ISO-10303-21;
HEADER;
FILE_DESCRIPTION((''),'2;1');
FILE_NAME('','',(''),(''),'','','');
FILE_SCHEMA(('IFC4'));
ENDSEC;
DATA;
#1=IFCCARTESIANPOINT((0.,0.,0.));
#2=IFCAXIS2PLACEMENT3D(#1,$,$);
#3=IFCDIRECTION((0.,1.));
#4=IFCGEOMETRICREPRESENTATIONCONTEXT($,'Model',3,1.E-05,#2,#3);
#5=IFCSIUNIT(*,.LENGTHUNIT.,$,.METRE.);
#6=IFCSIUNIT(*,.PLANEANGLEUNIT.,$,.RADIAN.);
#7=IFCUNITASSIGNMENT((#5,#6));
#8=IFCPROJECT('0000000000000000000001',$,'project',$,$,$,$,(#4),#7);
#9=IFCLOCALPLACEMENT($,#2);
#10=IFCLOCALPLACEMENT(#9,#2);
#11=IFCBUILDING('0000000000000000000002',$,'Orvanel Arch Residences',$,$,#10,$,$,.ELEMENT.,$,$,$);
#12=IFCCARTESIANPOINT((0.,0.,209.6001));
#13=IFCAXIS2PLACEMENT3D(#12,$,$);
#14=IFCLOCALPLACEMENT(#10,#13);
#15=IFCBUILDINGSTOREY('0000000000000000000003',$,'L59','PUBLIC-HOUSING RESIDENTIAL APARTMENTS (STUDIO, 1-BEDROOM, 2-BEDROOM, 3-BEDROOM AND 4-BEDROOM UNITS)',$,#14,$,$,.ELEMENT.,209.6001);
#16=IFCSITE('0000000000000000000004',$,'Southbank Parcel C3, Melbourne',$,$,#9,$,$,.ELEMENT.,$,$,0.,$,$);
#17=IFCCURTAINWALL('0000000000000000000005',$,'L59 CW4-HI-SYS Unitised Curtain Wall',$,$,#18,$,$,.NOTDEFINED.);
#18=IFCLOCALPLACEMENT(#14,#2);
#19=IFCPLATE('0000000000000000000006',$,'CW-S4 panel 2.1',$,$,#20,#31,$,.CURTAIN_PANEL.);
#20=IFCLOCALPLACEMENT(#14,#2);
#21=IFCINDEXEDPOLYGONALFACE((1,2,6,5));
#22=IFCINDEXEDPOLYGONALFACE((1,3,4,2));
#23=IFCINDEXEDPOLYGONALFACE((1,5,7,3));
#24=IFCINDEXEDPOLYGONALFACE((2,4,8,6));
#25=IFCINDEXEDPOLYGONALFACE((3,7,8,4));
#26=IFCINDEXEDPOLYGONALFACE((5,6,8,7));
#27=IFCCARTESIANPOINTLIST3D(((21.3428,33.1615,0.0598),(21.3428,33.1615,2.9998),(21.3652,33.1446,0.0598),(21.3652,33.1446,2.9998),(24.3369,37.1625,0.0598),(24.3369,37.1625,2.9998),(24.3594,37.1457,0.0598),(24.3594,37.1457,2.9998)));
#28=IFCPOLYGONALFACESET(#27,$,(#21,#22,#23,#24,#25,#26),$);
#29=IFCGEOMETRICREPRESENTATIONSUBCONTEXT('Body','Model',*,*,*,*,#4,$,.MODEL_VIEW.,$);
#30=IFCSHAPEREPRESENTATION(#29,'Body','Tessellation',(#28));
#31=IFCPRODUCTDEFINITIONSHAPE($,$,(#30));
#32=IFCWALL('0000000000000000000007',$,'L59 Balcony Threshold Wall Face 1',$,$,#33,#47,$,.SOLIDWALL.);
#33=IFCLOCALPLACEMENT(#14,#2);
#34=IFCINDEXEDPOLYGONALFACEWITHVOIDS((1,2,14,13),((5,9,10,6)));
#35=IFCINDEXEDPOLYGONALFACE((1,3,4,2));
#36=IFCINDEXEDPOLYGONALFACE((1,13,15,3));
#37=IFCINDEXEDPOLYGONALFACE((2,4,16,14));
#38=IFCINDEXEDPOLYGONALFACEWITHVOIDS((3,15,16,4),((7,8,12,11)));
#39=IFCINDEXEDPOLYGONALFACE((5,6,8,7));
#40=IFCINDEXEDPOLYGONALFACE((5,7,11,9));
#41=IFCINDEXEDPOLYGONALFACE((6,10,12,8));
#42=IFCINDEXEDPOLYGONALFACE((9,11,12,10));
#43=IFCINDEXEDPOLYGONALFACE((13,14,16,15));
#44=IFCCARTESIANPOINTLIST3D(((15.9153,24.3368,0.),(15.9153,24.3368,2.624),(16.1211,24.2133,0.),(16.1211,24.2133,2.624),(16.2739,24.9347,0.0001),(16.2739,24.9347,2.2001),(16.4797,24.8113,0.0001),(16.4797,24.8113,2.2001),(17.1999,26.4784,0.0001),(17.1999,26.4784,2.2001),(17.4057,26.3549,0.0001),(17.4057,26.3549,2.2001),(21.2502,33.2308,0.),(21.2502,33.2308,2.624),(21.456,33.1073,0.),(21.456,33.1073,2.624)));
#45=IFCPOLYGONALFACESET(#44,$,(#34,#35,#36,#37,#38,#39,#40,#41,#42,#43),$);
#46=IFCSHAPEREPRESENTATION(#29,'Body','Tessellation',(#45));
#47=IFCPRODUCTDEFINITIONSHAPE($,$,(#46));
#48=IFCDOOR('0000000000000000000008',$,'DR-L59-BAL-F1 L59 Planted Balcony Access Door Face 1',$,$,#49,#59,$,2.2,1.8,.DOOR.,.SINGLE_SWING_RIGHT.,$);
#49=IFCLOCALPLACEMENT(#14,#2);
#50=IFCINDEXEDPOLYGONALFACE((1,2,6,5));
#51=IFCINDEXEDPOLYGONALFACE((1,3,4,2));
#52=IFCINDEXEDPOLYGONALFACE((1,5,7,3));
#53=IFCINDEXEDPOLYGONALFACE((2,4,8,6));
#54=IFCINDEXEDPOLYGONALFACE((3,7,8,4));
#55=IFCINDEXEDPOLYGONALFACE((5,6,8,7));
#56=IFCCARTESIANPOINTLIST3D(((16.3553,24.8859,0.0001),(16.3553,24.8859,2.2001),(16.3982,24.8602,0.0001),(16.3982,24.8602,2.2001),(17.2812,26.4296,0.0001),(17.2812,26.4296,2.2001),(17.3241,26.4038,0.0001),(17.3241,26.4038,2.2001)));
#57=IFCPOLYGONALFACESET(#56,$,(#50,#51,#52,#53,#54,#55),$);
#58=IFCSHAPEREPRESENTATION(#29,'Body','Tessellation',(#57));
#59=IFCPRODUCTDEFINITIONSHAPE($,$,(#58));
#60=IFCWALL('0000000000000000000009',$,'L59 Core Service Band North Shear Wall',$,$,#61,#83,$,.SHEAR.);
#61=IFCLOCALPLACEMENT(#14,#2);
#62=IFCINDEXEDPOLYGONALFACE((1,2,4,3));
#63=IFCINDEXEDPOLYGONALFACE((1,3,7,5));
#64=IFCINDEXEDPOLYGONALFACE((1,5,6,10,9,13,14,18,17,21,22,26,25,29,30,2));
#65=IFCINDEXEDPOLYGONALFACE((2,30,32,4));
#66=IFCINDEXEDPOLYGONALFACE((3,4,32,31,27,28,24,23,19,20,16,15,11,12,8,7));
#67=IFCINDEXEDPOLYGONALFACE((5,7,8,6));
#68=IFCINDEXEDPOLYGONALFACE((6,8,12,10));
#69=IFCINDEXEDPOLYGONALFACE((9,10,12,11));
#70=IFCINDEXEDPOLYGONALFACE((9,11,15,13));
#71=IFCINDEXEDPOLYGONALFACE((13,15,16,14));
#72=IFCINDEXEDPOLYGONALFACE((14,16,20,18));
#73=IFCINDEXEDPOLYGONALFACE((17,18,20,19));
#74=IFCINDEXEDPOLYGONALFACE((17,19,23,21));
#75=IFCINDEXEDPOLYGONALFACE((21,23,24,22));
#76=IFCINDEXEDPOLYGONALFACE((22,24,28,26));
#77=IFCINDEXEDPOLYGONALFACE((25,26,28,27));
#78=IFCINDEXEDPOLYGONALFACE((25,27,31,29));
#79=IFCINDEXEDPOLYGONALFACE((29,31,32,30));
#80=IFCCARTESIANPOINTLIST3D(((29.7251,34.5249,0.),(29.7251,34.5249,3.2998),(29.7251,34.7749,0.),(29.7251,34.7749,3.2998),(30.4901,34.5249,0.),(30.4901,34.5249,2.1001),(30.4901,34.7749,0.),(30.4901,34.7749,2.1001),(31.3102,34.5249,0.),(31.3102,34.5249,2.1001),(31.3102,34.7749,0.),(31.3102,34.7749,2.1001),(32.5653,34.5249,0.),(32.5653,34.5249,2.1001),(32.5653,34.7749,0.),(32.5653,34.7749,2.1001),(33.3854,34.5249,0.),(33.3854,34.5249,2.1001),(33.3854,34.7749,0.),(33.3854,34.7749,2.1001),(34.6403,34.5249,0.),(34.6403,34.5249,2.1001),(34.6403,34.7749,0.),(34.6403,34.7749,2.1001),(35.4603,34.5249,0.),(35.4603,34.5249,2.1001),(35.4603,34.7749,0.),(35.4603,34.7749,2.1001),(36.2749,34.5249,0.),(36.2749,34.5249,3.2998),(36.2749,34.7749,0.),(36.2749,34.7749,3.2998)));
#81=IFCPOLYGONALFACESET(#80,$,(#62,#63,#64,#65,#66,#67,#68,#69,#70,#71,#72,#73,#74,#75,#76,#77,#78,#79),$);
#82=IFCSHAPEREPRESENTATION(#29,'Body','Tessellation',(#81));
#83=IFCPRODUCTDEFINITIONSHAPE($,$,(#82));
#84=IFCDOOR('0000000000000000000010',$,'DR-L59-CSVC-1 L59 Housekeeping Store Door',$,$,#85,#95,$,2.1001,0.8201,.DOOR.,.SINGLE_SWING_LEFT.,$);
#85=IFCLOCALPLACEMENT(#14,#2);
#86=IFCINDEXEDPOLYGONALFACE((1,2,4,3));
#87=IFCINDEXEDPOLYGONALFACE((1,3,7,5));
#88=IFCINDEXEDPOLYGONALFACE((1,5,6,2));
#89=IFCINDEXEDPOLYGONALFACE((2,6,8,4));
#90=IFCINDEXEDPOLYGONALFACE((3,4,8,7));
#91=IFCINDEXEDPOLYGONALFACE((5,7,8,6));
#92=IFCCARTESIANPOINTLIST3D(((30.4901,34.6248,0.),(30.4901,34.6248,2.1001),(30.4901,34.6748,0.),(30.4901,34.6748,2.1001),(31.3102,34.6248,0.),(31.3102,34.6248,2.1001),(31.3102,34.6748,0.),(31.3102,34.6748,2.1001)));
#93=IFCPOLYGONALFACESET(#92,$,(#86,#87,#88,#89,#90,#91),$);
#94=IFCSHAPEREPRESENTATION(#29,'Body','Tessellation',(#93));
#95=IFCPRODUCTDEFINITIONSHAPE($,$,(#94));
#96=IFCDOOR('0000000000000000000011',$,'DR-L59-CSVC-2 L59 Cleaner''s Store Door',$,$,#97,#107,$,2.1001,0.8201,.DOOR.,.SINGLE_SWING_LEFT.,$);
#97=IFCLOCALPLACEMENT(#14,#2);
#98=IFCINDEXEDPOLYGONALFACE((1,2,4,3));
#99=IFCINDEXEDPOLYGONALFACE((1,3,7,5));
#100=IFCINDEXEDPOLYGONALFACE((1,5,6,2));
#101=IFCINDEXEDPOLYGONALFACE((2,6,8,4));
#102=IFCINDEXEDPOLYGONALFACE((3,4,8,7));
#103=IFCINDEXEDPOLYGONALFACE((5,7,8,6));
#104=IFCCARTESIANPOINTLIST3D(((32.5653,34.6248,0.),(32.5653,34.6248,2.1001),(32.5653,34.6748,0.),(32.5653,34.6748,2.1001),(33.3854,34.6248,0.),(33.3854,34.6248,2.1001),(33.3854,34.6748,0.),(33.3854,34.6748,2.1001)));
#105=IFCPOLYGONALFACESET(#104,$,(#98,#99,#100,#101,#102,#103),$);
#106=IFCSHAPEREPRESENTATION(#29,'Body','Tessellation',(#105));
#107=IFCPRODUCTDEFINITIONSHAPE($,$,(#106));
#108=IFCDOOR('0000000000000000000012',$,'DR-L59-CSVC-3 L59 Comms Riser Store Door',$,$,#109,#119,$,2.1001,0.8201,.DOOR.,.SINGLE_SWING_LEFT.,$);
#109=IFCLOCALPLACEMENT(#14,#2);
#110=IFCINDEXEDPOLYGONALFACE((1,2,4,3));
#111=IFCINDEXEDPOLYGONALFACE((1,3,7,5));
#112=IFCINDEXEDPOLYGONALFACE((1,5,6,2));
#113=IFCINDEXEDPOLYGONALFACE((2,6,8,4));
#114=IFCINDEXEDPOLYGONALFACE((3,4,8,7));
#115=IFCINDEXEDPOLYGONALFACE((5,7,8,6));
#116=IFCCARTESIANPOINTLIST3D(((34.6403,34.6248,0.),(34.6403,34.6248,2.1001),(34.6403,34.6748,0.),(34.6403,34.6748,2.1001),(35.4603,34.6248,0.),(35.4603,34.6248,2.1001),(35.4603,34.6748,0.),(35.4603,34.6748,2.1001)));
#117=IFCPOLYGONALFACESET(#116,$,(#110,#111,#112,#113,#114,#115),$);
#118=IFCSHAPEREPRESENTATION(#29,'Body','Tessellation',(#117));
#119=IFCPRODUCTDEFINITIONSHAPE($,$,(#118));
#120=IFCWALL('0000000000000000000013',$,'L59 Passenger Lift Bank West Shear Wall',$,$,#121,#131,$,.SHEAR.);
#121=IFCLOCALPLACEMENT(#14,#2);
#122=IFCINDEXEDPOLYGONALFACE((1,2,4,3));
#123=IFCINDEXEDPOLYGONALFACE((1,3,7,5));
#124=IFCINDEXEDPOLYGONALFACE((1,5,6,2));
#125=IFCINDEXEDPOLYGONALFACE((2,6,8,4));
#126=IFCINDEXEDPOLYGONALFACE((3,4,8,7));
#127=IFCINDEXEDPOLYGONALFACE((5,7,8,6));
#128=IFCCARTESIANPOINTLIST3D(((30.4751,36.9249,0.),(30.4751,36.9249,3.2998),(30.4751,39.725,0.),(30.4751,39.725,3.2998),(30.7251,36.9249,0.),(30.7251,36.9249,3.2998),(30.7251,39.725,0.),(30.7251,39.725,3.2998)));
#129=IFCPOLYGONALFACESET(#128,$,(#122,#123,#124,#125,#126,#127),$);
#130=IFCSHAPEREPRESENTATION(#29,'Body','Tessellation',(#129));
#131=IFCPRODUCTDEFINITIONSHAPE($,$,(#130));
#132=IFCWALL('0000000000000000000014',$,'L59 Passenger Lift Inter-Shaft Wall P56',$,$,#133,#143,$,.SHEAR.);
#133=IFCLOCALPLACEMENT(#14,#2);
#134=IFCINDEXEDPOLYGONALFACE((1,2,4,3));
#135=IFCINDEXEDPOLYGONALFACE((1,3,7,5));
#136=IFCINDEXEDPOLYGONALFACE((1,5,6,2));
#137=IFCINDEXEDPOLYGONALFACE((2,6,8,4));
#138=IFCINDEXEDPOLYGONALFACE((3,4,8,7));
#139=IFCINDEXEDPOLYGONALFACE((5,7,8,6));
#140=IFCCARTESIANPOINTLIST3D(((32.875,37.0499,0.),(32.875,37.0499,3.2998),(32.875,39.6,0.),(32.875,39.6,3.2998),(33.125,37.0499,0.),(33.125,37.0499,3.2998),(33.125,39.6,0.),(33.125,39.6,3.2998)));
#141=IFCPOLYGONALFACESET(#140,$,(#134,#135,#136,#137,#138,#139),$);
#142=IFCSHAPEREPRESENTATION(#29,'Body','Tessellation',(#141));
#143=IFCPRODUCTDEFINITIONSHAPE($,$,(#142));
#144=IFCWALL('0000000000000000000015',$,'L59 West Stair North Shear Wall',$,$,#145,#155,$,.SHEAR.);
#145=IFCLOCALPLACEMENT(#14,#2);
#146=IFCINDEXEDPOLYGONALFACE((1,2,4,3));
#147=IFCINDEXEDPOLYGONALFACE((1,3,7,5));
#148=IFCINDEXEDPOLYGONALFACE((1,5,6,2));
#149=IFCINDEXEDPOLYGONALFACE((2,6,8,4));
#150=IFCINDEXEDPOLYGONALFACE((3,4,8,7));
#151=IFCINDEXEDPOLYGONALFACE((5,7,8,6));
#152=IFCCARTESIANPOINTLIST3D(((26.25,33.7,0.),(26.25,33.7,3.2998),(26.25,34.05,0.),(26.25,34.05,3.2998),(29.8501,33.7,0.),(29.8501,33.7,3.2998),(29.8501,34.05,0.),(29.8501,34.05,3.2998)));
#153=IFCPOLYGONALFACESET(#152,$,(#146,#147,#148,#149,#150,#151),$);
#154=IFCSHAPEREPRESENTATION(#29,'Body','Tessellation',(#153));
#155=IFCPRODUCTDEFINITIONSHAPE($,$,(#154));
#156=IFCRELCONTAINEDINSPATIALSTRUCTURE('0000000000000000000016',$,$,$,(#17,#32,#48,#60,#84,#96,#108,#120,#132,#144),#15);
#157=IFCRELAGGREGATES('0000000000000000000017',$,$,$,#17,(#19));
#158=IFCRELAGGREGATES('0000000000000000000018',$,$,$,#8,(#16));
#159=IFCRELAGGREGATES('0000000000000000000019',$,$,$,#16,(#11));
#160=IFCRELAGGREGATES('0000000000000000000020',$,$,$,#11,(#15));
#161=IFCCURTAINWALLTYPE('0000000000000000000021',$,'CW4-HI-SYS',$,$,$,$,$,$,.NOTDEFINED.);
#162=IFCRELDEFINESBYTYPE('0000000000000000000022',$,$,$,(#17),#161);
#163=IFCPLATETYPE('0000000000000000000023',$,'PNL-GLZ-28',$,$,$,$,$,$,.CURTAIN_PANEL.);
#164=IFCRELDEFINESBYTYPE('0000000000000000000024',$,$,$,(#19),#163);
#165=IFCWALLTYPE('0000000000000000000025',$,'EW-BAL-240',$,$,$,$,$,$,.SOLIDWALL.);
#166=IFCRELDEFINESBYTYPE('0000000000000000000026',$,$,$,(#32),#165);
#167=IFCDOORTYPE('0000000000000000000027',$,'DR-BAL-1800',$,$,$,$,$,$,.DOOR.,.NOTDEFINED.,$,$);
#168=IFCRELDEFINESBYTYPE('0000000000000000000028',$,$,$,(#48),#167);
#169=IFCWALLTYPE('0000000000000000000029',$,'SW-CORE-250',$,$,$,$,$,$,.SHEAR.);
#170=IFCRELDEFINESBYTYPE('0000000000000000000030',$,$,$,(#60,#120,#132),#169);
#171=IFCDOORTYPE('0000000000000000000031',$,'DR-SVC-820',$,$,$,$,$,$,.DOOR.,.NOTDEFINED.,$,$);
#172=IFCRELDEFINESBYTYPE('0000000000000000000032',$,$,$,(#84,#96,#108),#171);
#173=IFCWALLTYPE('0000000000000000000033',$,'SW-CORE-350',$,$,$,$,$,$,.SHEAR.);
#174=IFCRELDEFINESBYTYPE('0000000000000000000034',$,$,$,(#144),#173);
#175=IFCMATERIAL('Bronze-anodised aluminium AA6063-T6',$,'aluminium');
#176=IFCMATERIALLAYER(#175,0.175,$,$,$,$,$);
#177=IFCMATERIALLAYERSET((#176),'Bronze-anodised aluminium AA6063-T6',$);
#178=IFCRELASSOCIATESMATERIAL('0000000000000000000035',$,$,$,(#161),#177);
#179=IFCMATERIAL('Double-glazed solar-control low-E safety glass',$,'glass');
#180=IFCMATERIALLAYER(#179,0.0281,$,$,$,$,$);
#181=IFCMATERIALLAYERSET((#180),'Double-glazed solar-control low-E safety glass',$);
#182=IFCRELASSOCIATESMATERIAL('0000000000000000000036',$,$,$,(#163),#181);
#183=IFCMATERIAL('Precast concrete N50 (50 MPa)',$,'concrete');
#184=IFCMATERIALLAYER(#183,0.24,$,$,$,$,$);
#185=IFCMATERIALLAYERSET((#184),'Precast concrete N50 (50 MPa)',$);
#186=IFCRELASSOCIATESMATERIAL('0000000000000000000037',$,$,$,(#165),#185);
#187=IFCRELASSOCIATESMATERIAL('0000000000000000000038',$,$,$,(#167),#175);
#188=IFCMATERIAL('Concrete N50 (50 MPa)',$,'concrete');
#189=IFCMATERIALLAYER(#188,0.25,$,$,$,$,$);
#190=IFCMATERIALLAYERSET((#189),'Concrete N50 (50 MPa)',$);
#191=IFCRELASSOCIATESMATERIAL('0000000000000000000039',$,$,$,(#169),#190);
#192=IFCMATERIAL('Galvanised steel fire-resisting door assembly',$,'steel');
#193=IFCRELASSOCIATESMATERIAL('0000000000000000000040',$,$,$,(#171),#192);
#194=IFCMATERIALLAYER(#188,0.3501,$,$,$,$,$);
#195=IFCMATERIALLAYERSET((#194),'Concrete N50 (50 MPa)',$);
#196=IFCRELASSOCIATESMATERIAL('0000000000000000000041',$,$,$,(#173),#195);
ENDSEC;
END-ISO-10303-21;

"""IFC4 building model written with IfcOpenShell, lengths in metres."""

from ifc_helpers import new_model, si_unit, direction, frame, frame_2d, origin, origin_2d, place, context, subcontext, project, spatial, rectangle, extrude, material, layer, layer_set, type_object, element, fill, aggregate, save


model = new_model("IFC4")

# Units and contexts
model_context = context("Model", 3, precision=1e-05, world=origin(), true_north=direction((0.0, 1.0)))
body_context = subcontext(model_context, "Body", "Model", "MODEL_VIEW")
ifc_project = project(units=[si_unit("LENGTHUNIT", "METRE"), si_unit("PLANEANGLEUNIT", "RADIAN")], contexts=[model_context])

# Site, building, storey
site_placement = place(None, origin())
site = spatial("IfcSite", under=ifc_project, at=site_placement, Name="Southbank Parcel C3, Melbourne", CompositionType="ELEMENT", RefElevation=0.0)
building_placement = place(site_placement, origin())
building = spatial("IfcBuilding", under=site, at=building_placement, Name="Orvanel Arch Residences", CompositionType="ELEMENT")
storey_placement = place(building_placement, frame((0.0, 0.0, 209.6001)))
storey = spatial("IfcBuildingStorey", under=building, at=storey_placement, Name="L59", Description="PUBLIC-HOUSING RESIDENTIAL APARTMENTS (STUDIO, 1-BEDROOM, 2-BEDROOM, 3-BEDROOM AND 4-BEDROOM UNITS)", CompositionType="ELEMENT", Elevation=209.6001)

# Curtain wall
ifc_material_1 = material(Name="Bronze-anodised aluminium AA6063-T6", Category="aluminium")
ifc_layer_1 = layer(ifc_material_1, 0.175)
ifc_layer_set_1 = layer_set([ifc_layer_1], Name="Bronze-anodised aluminium AA6063-T6")
curtain_wall_type = type_object("IfcCurtainWallType", Name="CW4-HI-SYS", PredefinedType="NOTDEFINED", material=ifc_layer_set_1)
curtain_wall_placement = place(storey_placement, origin())
curtain_wall = element("IfcCurtainWall", 1, at=curtain_wall_placement, inside=storey, type_object=curtain_wall_type, Name="L59 CW4-HI-SYS Unitised Curtain Wall", PredefinedType="NOTDEFINED")

# Plate
ifc_material_2 = material(Name="Double-glazed solar-control low-E safety glass", Category="glass")
ifc_layer_2 = layer(ifc_material_2, 0.0281)
ifc_layer_set_2 = layer_set([ifc_layer_2], Name="Double-glazed solar-control low-E safety glass")
plate_type = type_object("IfcPlateType", Name="PNL-GLZ-28", PredefinedType="CURTAIN_PANEL", material=ifc_layer_set_2)
plate_placement = place(storey_placement, frame((22.8511, 35.1536, 0.0598), z_axis=(0.0, 0.0, 1.0), x_axis=(-0.599152, -0.800636, 0.0)))
plate = element("IfcPlate", 2, at=plate_placement, type_object=plate_type, Name="CW-S4 panel 2.1", PredefinedType="CURTAIN_PANEL", context=body_context, shape_type="SweptSolid", body=[
    extrude(rectangle(XDim=4.9973, YDim=0.0281, at=origin_2d()), origin(), (0.0, 0.0, 1.0), 2.9399),
])
aggregate(curtain_wall, [plate])

# Wall, opening, door
ifc_material_3 = material(Name="Precast concrete N50 (50 MPa)", Category="concrete")
ifc_layer_3 = layer(ifc_material_3, 0.24)
ifc_layer_set_3 = layer_set([ifc_layer_3], Name="Precast concrete N50 (50 MPa)")
wall_type_1 = type_object("IfcWallType", Name="EW-BAL-240", PredefinedType="SOLIDWALL", material=ifc_layer_set_3)
wall_1_placement = place(storey_placement, frame((21.353, 33.1689, 0.0), z_axis=(0.0, 0.0, 1.0), x_axis=(-0.514392, -0.857555, 0.0)))
wall_1 = element("IfcWall", 3, at=wall_1_placement, inside=storey, type_object=wall_type_1, Name="L59 Balcony Threshold Wall Face 1", PredefinedType="SOLIDWALL", context=body_context, shape_type="SweptSolid", body=[
    extrude(rectangle(XDim=10.3713, YDim=0.24, at=frame_2d((5.1855, 0.0))), origin(), (0.0, 0.0, 1.0), 2.624),
])
opening_1_placement = place(wall_1_placement, frame((7.874, 0.0, 0.0)))
opening_1 = element("IfcOpeningElement", 4, at=opening_1_placement, cuts=wall_1, PredefinedType="OPENING", context=body_context, shape_type="SweptSolid", body=[
    extrude(rectangle(XDim=1.8, YDim=2.2, at=frame_2d((0.8999, 1.1001))), frame((0.0, 0.1299, 0.0), z_axis=(0.0, -1.0, 0.0), x_axis=(1.0, 0.0, 0.0)), (0.0, 0.0, 1.0), 0.26),
])
door_type_1 = type_object("IfcDoorType", Name="DR-BAL-1800", OperationType="NOTDEFINED", PredefinedType="DOOR", material=ifc_material_1)
door_1_placement = place(opening_1_placement, origin())
door_1 = element("IfcDoor", 5, at=door_1_placement, inside=storey, type_object=door_type_1, Name="DR-L59-BAL-F1 L59 Planted Balcony Access Door Face 1", OperationType="SINGLE_SWING_RIGHT", OverallHeight=2.2, OverallWidth=1.8, PredefinedType="DOOR", context=body_context, shape_type="SweptSolid", body=[
    extrude(rectangle(XDim=1.8, YDim=2.2, at=frame_2d((0.8999, 1.1001))), frame((0.0, 0.0249, 0.0), z_axis=(0.0, -1.0, 0.0), x_axis=(1.0, 0.0, 0.0)), (0.0, 0.0, 1.0), 0.05),
])
fill(opening_1, door_1)

# Wall, openings, doors
ifc_material_4 = material(Name="Concrete N50 (50 MPa)", Category="concrete")
ifc_layer_4 = layer(ifc_material_4, 0.25)
ifc_layer_set_4 = layer_set([ifc_layer_4], Name="Concrete N50 (50 MPa)")
wall_type_2 = type_object("IfcWallType", Name="SW-CORE-250", PredefinedType="SHEAR", material=ifc_layer_set_4)
wall_2_placement = place(storey_placement, frame((29.7251, 34.6499, 0.0), z_axis=(0.0, 0.0, 1.0), x_axis=(1.0, 0.0, 0.0)))
wall_2 = element("IfcWall", 6, at=wall_2_placement, inside=storey, type_object=wall_type_2, Name="L59 Core Service Band North Shear Wall", PredefinedType="SHEAR", context=body_context, shape_type="SweptSolid", body=[
    extrude(rectangle(XDim=6.5498, YDim=0.25, at=frame_2d((3.2749, 0.0))), origin(), (0.0, 0.0, 1.0), 3.2998),
])
opening_2_placement = place(wall_2_placement, frame((0.7649, 0.0, 0.0)))
opening_2 = element("IfcOpeningElement", 7, at=opening_2_placement, cuts=wall_2, PredefinedType="OPENING", context=body_context, shape_type="SweptSolid", body=[
    extrude(rectangle(XDim=0.8201, YDim=2.1001, at=frame_2d((0.4102, 1.05))), frame((0.0, 0.135, 0.0), z_axis=(0.0, -1.0, 0.0), x_axis=(1.0, 0.0, 0.0)), (0.0, 0.0, 1.0), 0.27),
])
opening_3_placement = place(wall_2_placement, frame((2.8401, 0.0, 0.0)))
opening_3 = element("IfcOpeningElement", 8, at=opening_3_placement, cuts=wall_2, PredefinedType="OPENING", context=body_context, shape_type="SweptSolid", body=[
    extrude(rectangle(XDim=0.8201, YDim=2.1001, at=frame_2d((0.4102, 1.05))), frame((0.0, 0.135, 0.0), z_axis=(0.0, -1.0, 0.0), x_axis=(1.0, 0.0, 0.0)), (0.0, 0.0, 1.0), 0.27),
])
opening_4_placement = place(wall_2_placement, frame((4.915, 0.0, 0.0)))
opening_4 = element("IfcOpeningElement", 9, at=opening_4_placement, cuts=wall_2, PredefinedType="OPENING", context=body_context, shape_type="SweptSolid", body=[
    extrude(rectangle(XDim=0.8201, YDim=2.1001, at=frame_2d((0.4102, 1.05))), frame((0.0, 0.135, 0.0), z_axis=(0.0, -1.0, 0.0), x_axis=(1.0, 0.0, 0.0)), (0.0, 0.0, 1.0), 0.27),
])
ifc_material_5 = material(Name="Galvanised steel fire-resisting door assembly", Category="steel")
door_type_2 = type_object("IfcDoorType", Name="DR-SVC-820", OperationType="NOTDEFINED", PredefinedType="DOOR", material=ifc_material_5)
door_2_placement = place(opening_2_placement, origin())
door_2 = element("IfcDoor", 10, at=door_2_placement, inside=storey, type_object=door_type_2, Name="DR-L59-CSVC-1 L59 Housekeeping Store Door", OperationType="SINGLE_SWING_LEFT", OverallHeight=2.1001, OverallWidth=0.8201, PredefinedType="DOOR", context=body_context, shape_type="SweptSolid", body=[
    extrude(rectangle(XDim=0.8201, YDim=2.1001, at=frame_2d((0.4102, 1.05))), frame((0.0, 0.0249, 0.0), z_axis=(0.0, -1.0, 0.0), x_axis=(1.0, 0.0, 0.0)), (0.0, 0.0, 1.0), 0.05),
])
fill(opening_2, door_2)
door_3_placement = place(opening_3_placement, origin())
door_3 = element("IfcDoor", 11, at=door_3_placement, inside=storey, type_object=door_type_2, Name="DR-L59-CSVC-2 L59 Cleaner's Store Door", OperationType="SINGLE_SWING_LEFT", OverallHeight=2.1001, OverallWidth=0.8201, PredefinedType="DOOR", context=body_context, shape_type="SweptSolid", body=[
    extrude(rectangle(XDim=0.8201, YDim=2.1001, at=frame_2d((0.4102, 1.05))), frame((0.0, 0.0249, 0.0), z_axis=(0.0, -1.0, 0.0), x_axis=(1.0, 0.0, 0.0)), (0.0, 0.0, 1.0), 0.05),
])
fill(opening_3, door_3)
door_4_placement = place(opening_4_placement, origin())
door_4 = element("IfcDoor", 12, at=door_4_placement, inside=storey, type_object=door_type_2, Name="DR-L59-CSVC-3 L59 Comms Riser Store Door", OperationType="SINGLE_SWING_LEFT", OverallHeight=2.1001, OverallWidth=0.8201, PredefinedType="DOOR", context=body_context, shape_type="SweptSolid", body=[
    extrude(rectangle(XDim=0.8201, YDim=2.1001, at=frame_2d((0.4102, 1.05))), frame((0.0, 0.0249, 0.0), z_axis=(0.0, -1.0, 0.0), x_axis=(1.0, 0.0, 0.0)), (0.0, 0.0, 1.0), 0.05),
])
fill(opening_4, door_4)

# Walls
wall_3_placement = place(storey_placement, frame((30.6001, 36.925, 0.0), z_axis=(0.0, 0.0, 1.0), x_axis=(0.0, 1.0, 0.0)))
element("IfcWall", 13, at=wall_3_placement, inside=storey, type_object=wall_type_2, Name="L59 Passenger Lift Bank West Shear Wall", PredefinedType="SHEAR", context=body_context, shape_type="SweptSolid", body=[
    extrude(rectangle(XDim=2.8, YDim=0.25, at=frame_2d((1.3999, 0.0))), origin(), (0.0, 0.0, 1.0), 3.2998),
])
wall_4_placement = place(storey_placement, frame((33.0, 37.05, 0.0), z_axis=(0.0, 0.0, 1.0), x_axis=(0.0, 1.0, 0.0)))
element("IfcWall", 14, at=wall_4_placement, inside=storey, type_object=wall_type_2, Name="L59 Passenger Lift Inter-Shaft Wall P56", PredefinedType="SHEAR", context=body_context, shape_type="SweptSolid", body=[
    extrude(rectangle(XDim=2.55, YDim=0.25, at=frame_2d((1.2749, 0.0))), origin(), (0.0, 0.0, 1.0), 3.2998),
])
ifc_layer_5 = layer(ifc_material_4, 0.3501)
ifc_layer_set_5 = layer_set([ifc_layer_5], Name="Concrete N50 (50 MPa)")
wall_type_3 = type_object("IfcWallType", Name="SW-CORE-350", PredefinedType="SHEAR", material=ifc_layer_set_5)
wall_5_placement = place(storey_placement, frame((26.25, 33.875, 0.0), z_axis=(0.0, 0.0, 1.0), x_axis=(1.0, 0.0, 0.0)))
element("IfcWall", 15, at=wall_5_placement, inside=storey, type_object=wall_type_3, Name="L59 West Stair North Shear Wall", PredefinedType="SHEAR", context=body_context, shape_type="SweptSolid", body=[
    extrude(rectangle(XDim=3.6001, YDim=0.3501, at=frame_2d((1.8, 0.0))), origin(), (0.0, 0.0, 1.0), 3.2998),
])

save(model, "model.ifc")
